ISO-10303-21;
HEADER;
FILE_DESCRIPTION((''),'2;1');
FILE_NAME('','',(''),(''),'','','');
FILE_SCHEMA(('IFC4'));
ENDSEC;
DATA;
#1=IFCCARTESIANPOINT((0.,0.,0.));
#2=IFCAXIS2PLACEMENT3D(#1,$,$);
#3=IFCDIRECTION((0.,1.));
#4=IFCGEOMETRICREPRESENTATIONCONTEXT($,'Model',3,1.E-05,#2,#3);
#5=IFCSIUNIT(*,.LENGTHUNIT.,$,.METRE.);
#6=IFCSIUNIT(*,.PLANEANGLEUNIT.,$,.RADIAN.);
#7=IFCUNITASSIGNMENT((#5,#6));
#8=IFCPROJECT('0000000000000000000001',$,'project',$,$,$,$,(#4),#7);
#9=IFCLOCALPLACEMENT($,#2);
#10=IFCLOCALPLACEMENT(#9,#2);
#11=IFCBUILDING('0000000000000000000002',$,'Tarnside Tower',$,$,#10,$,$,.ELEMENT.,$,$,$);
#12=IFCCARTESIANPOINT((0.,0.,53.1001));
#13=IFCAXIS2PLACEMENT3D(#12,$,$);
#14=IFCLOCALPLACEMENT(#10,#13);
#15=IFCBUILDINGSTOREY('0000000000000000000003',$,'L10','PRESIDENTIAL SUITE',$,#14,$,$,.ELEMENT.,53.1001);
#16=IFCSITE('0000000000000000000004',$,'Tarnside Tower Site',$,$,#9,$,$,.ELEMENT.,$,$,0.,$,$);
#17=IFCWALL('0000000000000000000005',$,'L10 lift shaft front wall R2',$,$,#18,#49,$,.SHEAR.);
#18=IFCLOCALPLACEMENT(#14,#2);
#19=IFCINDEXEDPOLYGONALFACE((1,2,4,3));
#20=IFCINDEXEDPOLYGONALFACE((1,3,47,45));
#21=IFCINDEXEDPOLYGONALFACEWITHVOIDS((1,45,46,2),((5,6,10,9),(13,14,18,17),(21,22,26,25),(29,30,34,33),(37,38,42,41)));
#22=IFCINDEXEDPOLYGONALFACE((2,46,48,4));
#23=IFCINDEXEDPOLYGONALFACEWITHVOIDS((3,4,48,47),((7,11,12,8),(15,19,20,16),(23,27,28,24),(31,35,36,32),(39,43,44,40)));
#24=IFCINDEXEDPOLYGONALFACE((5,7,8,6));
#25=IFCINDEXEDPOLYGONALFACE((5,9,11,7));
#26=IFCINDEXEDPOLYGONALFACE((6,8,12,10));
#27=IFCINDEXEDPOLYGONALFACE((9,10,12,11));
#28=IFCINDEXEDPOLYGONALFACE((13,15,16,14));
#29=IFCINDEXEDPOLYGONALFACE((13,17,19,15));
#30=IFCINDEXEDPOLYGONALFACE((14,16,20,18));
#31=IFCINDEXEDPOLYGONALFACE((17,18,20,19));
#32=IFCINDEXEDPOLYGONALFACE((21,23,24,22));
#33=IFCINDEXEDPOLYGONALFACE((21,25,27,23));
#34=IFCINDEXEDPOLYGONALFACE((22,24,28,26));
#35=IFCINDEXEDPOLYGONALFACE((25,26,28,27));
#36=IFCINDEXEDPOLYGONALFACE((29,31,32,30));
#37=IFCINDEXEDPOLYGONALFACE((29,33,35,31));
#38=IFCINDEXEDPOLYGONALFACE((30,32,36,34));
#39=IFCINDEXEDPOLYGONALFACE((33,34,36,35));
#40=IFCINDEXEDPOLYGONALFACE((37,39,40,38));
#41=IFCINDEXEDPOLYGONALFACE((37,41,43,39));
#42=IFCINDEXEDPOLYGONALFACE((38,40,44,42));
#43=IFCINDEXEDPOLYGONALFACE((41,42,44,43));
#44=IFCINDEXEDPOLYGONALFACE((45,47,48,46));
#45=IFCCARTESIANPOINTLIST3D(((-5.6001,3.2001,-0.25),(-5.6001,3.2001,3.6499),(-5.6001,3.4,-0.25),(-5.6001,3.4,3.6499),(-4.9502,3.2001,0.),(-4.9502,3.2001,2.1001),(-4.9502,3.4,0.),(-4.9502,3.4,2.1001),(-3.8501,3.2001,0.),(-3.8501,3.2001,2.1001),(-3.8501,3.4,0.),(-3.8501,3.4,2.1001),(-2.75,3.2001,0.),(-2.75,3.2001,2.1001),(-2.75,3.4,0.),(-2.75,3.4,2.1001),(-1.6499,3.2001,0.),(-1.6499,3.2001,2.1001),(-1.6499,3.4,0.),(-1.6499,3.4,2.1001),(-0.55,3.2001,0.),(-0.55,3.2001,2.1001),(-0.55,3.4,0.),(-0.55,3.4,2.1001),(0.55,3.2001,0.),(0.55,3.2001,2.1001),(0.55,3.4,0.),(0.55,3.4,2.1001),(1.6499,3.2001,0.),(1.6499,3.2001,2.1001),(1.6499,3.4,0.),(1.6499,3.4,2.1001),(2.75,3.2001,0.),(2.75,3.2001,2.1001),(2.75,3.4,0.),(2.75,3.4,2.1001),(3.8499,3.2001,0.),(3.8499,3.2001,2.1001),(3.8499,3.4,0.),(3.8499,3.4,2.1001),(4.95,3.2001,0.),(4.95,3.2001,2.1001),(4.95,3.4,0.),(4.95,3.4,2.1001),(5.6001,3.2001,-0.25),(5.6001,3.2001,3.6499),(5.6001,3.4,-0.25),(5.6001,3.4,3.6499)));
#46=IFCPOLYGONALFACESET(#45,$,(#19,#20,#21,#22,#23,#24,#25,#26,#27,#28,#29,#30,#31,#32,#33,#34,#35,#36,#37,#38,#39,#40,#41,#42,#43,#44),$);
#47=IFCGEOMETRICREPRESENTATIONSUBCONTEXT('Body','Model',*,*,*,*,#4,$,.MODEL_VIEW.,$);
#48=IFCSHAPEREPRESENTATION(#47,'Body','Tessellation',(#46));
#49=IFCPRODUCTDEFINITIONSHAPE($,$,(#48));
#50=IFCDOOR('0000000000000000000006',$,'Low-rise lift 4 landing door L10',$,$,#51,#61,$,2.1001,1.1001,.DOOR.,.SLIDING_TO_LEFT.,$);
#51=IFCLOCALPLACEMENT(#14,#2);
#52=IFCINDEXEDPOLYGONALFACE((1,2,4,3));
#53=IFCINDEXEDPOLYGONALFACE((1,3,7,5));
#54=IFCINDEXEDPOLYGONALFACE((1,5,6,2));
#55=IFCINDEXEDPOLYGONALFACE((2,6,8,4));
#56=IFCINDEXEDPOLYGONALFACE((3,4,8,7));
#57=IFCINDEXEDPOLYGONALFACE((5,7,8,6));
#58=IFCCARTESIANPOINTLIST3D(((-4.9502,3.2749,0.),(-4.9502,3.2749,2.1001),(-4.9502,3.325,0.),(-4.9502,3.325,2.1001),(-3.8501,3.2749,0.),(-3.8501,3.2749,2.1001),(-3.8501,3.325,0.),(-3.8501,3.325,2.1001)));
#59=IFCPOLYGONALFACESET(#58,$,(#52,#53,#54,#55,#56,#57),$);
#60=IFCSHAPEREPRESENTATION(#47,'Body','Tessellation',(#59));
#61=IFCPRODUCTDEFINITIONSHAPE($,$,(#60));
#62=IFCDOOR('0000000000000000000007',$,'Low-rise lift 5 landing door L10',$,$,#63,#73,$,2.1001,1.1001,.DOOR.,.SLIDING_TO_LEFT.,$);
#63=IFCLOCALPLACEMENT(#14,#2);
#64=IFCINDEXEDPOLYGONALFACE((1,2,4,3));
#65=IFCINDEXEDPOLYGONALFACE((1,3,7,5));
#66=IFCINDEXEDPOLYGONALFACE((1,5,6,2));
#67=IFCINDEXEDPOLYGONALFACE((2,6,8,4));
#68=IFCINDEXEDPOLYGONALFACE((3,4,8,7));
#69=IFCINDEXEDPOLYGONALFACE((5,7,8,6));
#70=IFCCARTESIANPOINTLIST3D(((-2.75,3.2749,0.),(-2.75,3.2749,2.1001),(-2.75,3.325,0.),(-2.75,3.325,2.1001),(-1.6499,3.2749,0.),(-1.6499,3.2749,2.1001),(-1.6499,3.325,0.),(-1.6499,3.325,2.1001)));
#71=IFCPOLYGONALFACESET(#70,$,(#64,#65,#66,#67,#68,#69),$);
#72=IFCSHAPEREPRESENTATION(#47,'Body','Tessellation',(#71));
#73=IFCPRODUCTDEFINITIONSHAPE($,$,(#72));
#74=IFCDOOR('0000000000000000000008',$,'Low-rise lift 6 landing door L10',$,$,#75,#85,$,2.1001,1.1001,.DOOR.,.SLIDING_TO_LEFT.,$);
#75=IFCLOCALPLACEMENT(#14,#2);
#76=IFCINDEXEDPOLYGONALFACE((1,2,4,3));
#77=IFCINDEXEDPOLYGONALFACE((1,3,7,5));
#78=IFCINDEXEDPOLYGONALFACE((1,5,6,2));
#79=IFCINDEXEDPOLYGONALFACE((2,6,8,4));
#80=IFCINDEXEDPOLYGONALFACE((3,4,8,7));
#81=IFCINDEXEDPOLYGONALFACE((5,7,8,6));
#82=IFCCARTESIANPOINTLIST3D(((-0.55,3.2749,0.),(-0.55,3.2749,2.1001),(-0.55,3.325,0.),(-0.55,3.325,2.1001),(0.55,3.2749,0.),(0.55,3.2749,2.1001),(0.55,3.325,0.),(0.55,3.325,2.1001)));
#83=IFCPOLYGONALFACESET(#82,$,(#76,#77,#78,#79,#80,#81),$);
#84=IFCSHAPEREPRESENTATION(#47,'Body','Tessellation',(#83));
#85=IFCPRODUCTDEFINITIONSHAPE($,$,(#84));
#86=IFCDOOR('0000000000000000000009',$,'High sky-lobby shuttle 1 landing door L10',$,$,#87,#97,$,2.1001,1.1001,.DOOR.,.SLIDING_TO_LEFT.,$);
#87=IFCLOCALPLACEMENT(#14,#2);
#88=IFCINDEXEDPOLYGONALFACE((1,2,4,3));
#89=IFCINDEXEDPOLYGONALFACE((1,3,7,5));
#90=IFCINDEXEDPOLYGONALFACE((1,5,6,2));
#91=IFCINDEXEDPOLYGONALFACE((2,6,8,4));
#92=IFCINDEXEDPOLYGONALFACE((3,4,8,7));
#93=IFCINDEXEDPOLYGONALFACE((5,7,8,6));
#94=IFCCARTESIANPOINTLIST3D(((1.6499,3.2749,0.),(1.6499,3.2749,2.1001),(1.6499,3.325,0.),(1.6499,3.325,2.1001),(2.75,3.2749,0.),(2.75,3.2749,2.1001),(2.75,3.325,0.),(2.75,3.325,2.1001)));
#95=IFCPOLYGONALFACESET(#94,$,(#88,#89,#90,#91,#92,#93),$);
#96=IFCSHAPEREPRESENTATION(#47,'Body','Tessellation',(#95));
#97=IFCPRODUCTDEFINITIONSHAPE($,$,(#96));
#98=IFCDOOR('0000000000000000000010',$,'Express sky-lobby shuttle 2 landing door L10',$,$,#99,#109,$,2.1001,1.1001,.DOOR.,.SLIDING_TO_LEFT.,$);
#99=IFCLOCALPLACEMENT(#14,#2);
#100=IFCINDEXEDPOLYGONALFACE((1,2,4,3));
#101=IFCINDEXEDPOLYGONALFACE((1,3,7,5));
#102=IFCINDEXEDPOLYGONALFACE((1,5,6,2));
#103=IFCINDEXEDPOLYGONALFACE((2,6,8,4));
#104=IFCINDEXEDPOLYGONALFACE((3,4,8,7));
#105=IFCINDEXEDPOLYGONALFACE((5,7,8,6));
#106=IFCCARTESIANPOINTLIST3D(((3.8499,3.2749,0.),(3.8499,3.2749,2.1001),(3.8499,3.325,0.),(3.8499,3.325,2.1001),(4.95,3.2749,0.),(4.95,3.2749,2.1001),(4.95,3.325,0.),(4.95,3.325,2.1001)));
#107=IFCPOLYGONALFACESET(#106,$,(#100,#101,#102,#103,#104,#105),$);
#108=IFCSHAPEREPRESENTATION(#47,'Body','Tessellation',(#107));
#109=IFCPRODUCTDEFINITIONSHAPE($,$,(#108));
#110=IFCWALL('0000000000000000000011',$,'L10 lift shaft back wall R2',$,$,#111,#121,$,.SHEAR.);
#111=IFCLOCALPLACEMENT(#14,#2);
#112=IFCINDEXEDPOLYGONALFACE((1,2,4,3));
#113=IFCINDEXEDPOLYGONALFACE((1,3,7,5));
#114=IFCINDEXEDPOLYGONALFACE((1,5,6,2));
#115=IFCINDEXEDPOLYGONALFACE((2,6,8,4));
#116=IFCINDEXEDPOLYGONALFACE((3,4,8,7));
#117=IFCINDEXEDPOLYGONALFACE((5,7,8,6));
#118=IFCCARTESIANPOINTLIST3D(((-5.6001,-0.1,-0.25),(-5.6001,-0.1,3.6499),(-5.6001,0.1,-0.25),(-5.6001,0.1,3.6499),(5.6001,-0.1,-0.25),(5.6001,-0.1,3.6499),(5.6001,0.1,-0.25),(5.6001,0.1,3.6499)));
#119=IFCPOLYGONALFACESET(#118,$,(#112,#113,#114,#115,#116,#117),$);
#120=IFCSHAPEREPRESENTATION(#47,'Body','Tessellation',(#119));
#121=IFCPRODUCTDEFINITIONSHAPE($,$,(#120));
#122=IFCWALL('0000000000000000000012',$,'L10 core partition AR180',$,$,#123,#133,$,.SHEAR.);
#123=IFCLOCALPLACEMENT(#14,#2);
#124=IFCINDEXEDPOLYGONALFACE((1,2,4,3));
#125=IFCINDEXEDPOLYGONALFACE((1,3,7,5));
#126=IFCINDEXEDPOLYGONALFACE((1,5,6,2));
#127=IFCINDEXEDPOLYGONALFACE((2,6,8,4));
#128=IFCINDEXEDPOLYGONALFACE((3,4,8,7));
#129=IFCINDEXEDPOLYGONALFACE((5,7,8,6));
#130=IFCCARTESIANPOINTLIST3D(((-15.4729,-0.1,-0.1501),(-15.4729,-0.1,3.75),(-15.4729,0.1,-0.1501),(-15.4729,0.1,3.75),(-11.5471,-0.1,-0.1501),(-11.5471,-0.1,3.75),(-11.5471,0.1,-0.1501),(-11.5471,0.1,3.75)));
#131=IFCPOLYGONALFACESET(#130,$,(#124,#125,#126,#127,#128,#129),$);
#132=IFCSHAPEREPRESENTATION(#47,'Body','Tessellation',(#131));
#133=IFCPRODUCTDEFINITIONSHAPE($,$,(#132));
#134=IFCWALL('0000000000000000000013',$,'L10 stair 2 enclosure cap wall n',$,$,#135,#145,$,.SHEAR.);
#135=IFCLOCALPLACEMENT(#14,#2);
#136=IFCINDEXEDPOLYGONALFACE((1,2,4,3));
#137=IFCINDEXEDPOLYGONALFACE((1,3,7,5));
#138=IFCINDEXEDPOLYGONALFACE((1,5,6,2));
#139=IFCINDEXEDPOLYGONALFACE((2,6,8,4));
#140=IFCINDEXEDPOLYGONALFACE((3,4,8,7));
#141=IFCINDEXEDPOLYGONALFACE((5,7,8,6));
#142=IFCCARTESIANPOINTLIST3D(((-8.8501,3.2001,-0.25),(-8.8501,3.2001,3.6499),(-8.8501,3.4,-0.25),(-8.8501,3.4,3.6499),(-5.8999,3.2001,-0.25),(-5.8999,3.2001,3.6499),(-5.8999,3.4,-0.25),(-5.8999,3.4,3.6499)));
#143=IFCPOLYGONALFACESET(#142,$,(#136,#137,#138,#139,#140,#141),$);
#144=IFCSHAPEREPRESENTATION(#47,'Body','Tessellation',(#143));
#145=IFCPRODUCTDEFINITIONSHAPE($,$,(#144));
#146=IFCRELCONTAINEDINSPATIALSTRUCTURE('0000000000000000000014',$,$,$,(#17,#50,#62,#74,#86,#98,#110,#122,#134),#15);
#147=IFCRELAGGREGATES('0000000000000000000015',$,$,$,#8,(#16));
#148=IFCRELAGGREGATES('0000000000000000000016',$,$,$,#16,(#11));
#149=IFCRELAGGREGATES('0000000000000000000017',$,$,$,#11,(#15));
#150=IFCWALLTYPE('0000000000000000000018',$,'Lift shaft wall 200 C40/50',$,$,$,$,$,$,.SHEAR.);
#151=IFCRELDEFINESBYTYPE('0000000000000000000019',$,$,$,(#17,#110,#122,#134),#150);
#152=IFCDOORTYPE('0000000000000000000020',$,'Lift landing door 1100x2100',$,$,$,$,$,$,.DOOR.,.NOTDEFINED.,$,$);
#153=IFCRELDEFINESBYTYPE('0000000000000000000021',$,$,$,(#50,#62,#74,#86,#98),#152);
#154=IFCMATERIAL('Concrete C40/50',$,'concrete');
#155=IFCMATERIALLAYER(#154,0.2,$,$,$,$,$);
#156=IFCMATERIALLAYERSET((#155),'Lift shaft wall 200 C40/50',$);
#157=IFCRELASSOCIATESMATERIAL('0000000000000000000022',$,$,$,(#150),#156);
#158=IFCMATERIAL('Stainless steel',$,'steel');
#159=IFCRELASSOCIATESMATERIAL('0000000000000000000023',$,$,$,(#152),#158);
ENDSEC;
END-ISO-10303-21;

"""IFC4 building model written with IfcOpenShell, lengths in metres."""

from ifc_helpers import new_model, si_unit, direction, frame, frame_2d, origin, place, context, subcontext, project, spatial, rectangle, extrude, material, layer, layer_set, type_object, element, fill, save


model = new_model("IFC4")

# Units and contexts
model_context = context("Model", 3, precision=1e-05, world=origin(), true_north=direction((0.0, 1.0)))
body_context = subcontext(model_context, "Body", "Model", "MODEL_VIEW")
ifc_project = project(units=[si_unit("LENGTHUNIT", "METRE"), si_unit("PLANEANGLEUNIT", "RADIAN")], contexts=[model_context])

# Site, building, storey
site_placement = place(None, origin())
site = spatial("IfcSite", under=ifc_project, at=site_placement, Name="Tarnside Tower Site", CompositionType="ELEMENT", RefElevation=0.0)
building_placement = place(site_placement, origin())
building = spatial("IfcBuilding", under=site, at=building_placement, Name="Tarnside Tower", CompositionType="ELEMENT")
storey_placement = place(building_placement, frame((0.0, 0.0, 53.1001)))
storey = spatial("IfcBuildingStorey", under=building, at=storey_placement, Name="L10", Description="PRESIDENTIAL SUITE", CompositionType="ELEMENT", Elevation=53.1001)

# Wall, openings, doors
ifc_material_1 = material(Name="Concrete C40/50", Category="concrete")
ifc_layer_1 = layer(ifc_material_1, 0.2)
ifc_layer_set_1 = layer_set([ifc_layer_1], Name="Lift shaft wall 200 C40/50")
wall_type_1 = type_object("IfcWallType", Name="Lift shaft wall 200 C40/50", PredefinedType="SHEAR", material=ifc_layer_set_1)
wall_1_placement = place(storey_placement, frame((-5.6001, 3.3, -0.25), z_axis=(0.0, 0.0, 1.0), x_axis=(1.0, 0.0, 0.0)))
wall_1 = element("IfcWall", 1, at=wall_1_placement, inside=storey, type_object=wall_type_1, Name="L10 lift shaft front wall R2", PredefinedType="SHEAR", context=body_context, shape_type="SweptSolid", body=[
    extrude(rectangle(XDim=11.2002, YDim=0.2, at=frame_2d((5.6001, 0.0))), origin(), (0.0, 0.0, 1.0), 3.8999),
])
opening_1_placement = place(wall_1_placement, frame((0.6499, 0.0, 0.25)))
opening_1 = element("IfcOpeningElement", 2, at=opening_1_placement, cuts=wall_1, PredefinedType="OPENING", context=body_context, shape_type="SweptSolid", body=[
    extrude(rectangle(XDim=1.1001, YDim=2.1001, at=frame_2d((0.55, 1.05))), frame((0.0, 0.1099, 0.0), z_axis=(0.0, -1.0, 0.0), x_axis=(1.0, 0.0, 0.0)), (0.0, 0.0, 1.0), 0.22),
])
opening_2_placement = place(wall_1_placement, frame((2.8501, 0.0, 0.25)))
opening_2 = element("IfcOpeningElement", 3, at=opening_2_placement, cuts=wall_1, PredefinedType="OPENING", context=body_context, shape_type="SweptSolid", body=[
    extrude(rectangle(XDim=1.1001, YDim=2.1001, at=frame_2d((0.55, 1.05))), frame((0.0, 0.1099, 0.0), z_axis=(0.0, -1.0, 0.0), x_axis=(1.0, 0.0, 0.0)), (0.0, 0.0, 1.0), 0.22),
])
opening_3_placement = place(wall_1_placement, frame((5.05, 0.0, 0.25)))
opening_3 = element("IfcOpeningElement", 4, at=opening_3_placement, cuts=wall_1, PredefinedType="OPENING", context=body_context, shape_type="SweptSolid", body=[
    extrude(rectangle(XDim=1.1001, YDim=2.1001, at=frame_2d((0.55, 1.05))), frame((0.0, 0.1099, 0.0), z_axis=(0.0, -1.0, 0.0), x_axis=(1.0, 0.0, 0.0)), (0.0, 0.0, 1.0), 0.22),
])
opening_4_placement = place(wall_1_placement, frame((7.25, 0.0, 0.25)))
opening_4 = element("IfcOpeningElement", 5, at=opening_4_placement, cuts=wall_1, PredefinedType="OPENING", context=body_context, shape_type="SweptSolid", body=[
    extrude(rectangle(XDim=1.1001, YDim=2.1001, at=frame_2d((0.55, 1.05))), frame((0.0, 0.1099, 0.0), z_axis=(0.0, -1.0, 0.0), x_axis=(1.0, 0.0, 0.0)), (0.0, 0.0, 1.0), 0.22),
])
opening_5_placement = place(wall_1_placement, frame((9.45, 0.0, 0.25)))
opening_5 = element("IfcOpeningElement", 6, at=opening_5_placement, cuts=wall_1, PredefinedType="OPENING", context=body_context, shape_type="SweptSolid", body=[
    extrude(rectangle(XDim=1.1001, YDim=2.1001, at=frame_2d((0.55, 1.05))), frame((0.0, 0.1099, 0.0), z_axis=(0.0, -1.0, 0.0), x_axis=(1.0, 0.0, 0.0)), (0.0, 0.0, 1.0), 0.22),
])
ifc_material_2 = material(Name="Stainless steel", Category="steel")
door_type_1 = type_object("IfcDoorType", Name="Lift landing door 1100x2100", OperationType="NOTDEFINED", PredefinedType="DOOR", material=ifc_material_2)
door_1_placement = place(opening_1_placement, origin())
door_1 = element("IfcDoor", 7, at=door_1_placement, inside=storey, type_object=door_type_1, Name="Low-rise lift 4 landing door L10", OperationType="SLIDING_TO_LEFT", OverallHeight=2.1001, OverallWidth=1.1001, PredefinedType="DOOR", context=body_context, shape_type="SweptSolid", body=[
    extrude(rectangle(XDim=1.1001, YDim=2.1001, at=frame_2d((0.55, 1.05))), frame((0.0, 0.0249, 0.0), z_axis=(0.0, -1.0, 0.0), x_axis=(1.0, 0.0, 0.0)), (0.0, 0.0, 1.0), 0.05),
])
fill(opening_1, door_1)
door_2_placement = place(opening_2_placement, origin())
door_2 = element("IfcDoor", 8, at=door_2_placement, inside=storey, type_object=door_type_1, Name="Low-rise lift 5 landing door L10", OperationType="SLIDING_TO_LEFT", OverallHeight=2.1001, OverallWidth=1.1001, PredefinedType="DOOR", context=body_context, shape_type="SweptSolid", body=[
    extrude(rectangle(XDim=1.1001, YDim=2.1001, at=frame_2d((0.55, 1.05))), frame((0.0, 0.0249, 0.0), z_axis=(0.0, -1.0, 0.0), x_axis=(1.0, 0.0, 0.0)), (0.0, 0.0, 1.0), 0.05),
])
fill(opening_2, door_2)
door_3_placement = place(opening_3_placement, origin())
door_3 = element("IfcDoor", 9, at=door_3_placement, inside=storey, type_object=door_type_1, Name="Low-rise lift 6 landing door L10", OperationType="SLIDING_TO_LEFT", OverallHeight=2.1001, OverallWidth=1.1001, PredefinedType="DOOR", context=body_context, shape_type="SweptSolid", body=[
    extrude(rectangle(XDim=1.1001, YDim=2.1001, at=frame_2d((0.55, 1.05))), frame((0.0, 0.0249, 0.0), z_axis=(0.0, -1.0, 0.0), x_axis=(1.0, 0.0, 0.0)), (0.0, 0.0, 1.0), 0.05),
])
fill(opening_3, door_3)
door_4_placement = place(opening_4_placement, origin())
door_4 = element("IfcDoor", 10, at=door_4_placement, inside=storey, type_object=door_type_1, Name="High sky-lobby shuttle 1 landing door L10", OperationType="SLIDING_TO_LEFT", OverallHeight=2.1001, OverallWidth=1.1001, PredefinedType="DOOR", context=body_context, shape_type="SweptSolid", body=[
    extrude(rectangle(XDim=1.1001, YDim=2.1001, at=frame_2d((0.55, 1.05))), frame((0.0, 0.0249, 0.0), z_axis=(0.0, -1.0, 0.0), x_axis=(1.0, 0.0, 0.0)), (0.0, 0.0, 1.0), 0.05),
])
fill(opening_4, door_4)
door_5_placement = place(opening_5_placement, origin())
door_5 = element("IfcDoor", 11, at=door_5_placement, inside=storey, type_object=door_type_1, Name="Express sky-lobby shuttle 2 landing door L10", OperationType="SLIDING_TO_LEFT", OverallHeight=2.1001, OverallWidth=1.1001, PredefinedType="DOOR", context=body_context, shape_type="SweptSolid", body=[
    extrude(rectangle(XDim=1.1001, YDim=2.1001, at=frame_2d((0.55, 1.05))), frame((0.0, 0.0249, 0.0), z_axis=(0.0, -1.0, 0.0), x_axis=(1.0, 0.0, 0.0)), (0.0, 0.0, 1.0), 0.05),
])
fill(opening_5, door_5)

# Walls
wall_2_placement = place(storey_placement, frame((-5.6001, 0.0, -0.25), z_axis=(0.0, 0.0, 1.0), x_axis=(1.0, 0.0, 0.0)))
element("IfcWall", 12, at=wall_2_placement, inside=storey, type_object=wall_type_1, Name="L10 lift shaft back wall R2", PredefinedType="SHEAR", context=body_context, shape_type="SweptSolid", body=[
    extrude(rectangle(XDim=11.2002, YDim=0.2, at=frame_2d((5.6001, 0.0))), origin(), (0.0, 0.0, 1.0), 3.8999),
])
wall_3_placement = place(storey_placement, frame((-11.5471, 0.0, -0.1501), z_axis=(0.0, 0.0, 1.0), x_axis=(-1.0, 0.0, 0.0)))
element("IfcWall", 13, at=wall_3_placement, inside=storey, type_object=wall_type_1, Name="L10 core partition AR180", PredefinedType="SHEAR", context=body_context, shape_type="SweptSolid", body=[
    extrude(rectangle(XDim=3.9258, YDim=0.2, at=frame_2d((1.9629, 0.0))), origin(), (0.0, 0.0, 1.0), 3.9001),
])
wall_4_placement = place(storey_placement, frame((-8.8501, 3.3, -0.25), z_axis=(0.0, 0.0, 1.0), x_axis=(1.0, 0.0, 0.0)))
element("IfcWall", 14, at=wall_4_placement, inside=storey, type_object=wall_type_1, Name="L10 stair 2 enclosure cap wall n", PredefinedType="SHEAR", context=body_context, shape_type="SweptSolid", body=[
    extrude(rectangle(XDim=2.9502, YDim=0.2, at=frame_2d((1.4751, 0.0))), origin(), (0.0, 0.0, 1.0), 3.8999),
])

save(model, "model.ifc")
